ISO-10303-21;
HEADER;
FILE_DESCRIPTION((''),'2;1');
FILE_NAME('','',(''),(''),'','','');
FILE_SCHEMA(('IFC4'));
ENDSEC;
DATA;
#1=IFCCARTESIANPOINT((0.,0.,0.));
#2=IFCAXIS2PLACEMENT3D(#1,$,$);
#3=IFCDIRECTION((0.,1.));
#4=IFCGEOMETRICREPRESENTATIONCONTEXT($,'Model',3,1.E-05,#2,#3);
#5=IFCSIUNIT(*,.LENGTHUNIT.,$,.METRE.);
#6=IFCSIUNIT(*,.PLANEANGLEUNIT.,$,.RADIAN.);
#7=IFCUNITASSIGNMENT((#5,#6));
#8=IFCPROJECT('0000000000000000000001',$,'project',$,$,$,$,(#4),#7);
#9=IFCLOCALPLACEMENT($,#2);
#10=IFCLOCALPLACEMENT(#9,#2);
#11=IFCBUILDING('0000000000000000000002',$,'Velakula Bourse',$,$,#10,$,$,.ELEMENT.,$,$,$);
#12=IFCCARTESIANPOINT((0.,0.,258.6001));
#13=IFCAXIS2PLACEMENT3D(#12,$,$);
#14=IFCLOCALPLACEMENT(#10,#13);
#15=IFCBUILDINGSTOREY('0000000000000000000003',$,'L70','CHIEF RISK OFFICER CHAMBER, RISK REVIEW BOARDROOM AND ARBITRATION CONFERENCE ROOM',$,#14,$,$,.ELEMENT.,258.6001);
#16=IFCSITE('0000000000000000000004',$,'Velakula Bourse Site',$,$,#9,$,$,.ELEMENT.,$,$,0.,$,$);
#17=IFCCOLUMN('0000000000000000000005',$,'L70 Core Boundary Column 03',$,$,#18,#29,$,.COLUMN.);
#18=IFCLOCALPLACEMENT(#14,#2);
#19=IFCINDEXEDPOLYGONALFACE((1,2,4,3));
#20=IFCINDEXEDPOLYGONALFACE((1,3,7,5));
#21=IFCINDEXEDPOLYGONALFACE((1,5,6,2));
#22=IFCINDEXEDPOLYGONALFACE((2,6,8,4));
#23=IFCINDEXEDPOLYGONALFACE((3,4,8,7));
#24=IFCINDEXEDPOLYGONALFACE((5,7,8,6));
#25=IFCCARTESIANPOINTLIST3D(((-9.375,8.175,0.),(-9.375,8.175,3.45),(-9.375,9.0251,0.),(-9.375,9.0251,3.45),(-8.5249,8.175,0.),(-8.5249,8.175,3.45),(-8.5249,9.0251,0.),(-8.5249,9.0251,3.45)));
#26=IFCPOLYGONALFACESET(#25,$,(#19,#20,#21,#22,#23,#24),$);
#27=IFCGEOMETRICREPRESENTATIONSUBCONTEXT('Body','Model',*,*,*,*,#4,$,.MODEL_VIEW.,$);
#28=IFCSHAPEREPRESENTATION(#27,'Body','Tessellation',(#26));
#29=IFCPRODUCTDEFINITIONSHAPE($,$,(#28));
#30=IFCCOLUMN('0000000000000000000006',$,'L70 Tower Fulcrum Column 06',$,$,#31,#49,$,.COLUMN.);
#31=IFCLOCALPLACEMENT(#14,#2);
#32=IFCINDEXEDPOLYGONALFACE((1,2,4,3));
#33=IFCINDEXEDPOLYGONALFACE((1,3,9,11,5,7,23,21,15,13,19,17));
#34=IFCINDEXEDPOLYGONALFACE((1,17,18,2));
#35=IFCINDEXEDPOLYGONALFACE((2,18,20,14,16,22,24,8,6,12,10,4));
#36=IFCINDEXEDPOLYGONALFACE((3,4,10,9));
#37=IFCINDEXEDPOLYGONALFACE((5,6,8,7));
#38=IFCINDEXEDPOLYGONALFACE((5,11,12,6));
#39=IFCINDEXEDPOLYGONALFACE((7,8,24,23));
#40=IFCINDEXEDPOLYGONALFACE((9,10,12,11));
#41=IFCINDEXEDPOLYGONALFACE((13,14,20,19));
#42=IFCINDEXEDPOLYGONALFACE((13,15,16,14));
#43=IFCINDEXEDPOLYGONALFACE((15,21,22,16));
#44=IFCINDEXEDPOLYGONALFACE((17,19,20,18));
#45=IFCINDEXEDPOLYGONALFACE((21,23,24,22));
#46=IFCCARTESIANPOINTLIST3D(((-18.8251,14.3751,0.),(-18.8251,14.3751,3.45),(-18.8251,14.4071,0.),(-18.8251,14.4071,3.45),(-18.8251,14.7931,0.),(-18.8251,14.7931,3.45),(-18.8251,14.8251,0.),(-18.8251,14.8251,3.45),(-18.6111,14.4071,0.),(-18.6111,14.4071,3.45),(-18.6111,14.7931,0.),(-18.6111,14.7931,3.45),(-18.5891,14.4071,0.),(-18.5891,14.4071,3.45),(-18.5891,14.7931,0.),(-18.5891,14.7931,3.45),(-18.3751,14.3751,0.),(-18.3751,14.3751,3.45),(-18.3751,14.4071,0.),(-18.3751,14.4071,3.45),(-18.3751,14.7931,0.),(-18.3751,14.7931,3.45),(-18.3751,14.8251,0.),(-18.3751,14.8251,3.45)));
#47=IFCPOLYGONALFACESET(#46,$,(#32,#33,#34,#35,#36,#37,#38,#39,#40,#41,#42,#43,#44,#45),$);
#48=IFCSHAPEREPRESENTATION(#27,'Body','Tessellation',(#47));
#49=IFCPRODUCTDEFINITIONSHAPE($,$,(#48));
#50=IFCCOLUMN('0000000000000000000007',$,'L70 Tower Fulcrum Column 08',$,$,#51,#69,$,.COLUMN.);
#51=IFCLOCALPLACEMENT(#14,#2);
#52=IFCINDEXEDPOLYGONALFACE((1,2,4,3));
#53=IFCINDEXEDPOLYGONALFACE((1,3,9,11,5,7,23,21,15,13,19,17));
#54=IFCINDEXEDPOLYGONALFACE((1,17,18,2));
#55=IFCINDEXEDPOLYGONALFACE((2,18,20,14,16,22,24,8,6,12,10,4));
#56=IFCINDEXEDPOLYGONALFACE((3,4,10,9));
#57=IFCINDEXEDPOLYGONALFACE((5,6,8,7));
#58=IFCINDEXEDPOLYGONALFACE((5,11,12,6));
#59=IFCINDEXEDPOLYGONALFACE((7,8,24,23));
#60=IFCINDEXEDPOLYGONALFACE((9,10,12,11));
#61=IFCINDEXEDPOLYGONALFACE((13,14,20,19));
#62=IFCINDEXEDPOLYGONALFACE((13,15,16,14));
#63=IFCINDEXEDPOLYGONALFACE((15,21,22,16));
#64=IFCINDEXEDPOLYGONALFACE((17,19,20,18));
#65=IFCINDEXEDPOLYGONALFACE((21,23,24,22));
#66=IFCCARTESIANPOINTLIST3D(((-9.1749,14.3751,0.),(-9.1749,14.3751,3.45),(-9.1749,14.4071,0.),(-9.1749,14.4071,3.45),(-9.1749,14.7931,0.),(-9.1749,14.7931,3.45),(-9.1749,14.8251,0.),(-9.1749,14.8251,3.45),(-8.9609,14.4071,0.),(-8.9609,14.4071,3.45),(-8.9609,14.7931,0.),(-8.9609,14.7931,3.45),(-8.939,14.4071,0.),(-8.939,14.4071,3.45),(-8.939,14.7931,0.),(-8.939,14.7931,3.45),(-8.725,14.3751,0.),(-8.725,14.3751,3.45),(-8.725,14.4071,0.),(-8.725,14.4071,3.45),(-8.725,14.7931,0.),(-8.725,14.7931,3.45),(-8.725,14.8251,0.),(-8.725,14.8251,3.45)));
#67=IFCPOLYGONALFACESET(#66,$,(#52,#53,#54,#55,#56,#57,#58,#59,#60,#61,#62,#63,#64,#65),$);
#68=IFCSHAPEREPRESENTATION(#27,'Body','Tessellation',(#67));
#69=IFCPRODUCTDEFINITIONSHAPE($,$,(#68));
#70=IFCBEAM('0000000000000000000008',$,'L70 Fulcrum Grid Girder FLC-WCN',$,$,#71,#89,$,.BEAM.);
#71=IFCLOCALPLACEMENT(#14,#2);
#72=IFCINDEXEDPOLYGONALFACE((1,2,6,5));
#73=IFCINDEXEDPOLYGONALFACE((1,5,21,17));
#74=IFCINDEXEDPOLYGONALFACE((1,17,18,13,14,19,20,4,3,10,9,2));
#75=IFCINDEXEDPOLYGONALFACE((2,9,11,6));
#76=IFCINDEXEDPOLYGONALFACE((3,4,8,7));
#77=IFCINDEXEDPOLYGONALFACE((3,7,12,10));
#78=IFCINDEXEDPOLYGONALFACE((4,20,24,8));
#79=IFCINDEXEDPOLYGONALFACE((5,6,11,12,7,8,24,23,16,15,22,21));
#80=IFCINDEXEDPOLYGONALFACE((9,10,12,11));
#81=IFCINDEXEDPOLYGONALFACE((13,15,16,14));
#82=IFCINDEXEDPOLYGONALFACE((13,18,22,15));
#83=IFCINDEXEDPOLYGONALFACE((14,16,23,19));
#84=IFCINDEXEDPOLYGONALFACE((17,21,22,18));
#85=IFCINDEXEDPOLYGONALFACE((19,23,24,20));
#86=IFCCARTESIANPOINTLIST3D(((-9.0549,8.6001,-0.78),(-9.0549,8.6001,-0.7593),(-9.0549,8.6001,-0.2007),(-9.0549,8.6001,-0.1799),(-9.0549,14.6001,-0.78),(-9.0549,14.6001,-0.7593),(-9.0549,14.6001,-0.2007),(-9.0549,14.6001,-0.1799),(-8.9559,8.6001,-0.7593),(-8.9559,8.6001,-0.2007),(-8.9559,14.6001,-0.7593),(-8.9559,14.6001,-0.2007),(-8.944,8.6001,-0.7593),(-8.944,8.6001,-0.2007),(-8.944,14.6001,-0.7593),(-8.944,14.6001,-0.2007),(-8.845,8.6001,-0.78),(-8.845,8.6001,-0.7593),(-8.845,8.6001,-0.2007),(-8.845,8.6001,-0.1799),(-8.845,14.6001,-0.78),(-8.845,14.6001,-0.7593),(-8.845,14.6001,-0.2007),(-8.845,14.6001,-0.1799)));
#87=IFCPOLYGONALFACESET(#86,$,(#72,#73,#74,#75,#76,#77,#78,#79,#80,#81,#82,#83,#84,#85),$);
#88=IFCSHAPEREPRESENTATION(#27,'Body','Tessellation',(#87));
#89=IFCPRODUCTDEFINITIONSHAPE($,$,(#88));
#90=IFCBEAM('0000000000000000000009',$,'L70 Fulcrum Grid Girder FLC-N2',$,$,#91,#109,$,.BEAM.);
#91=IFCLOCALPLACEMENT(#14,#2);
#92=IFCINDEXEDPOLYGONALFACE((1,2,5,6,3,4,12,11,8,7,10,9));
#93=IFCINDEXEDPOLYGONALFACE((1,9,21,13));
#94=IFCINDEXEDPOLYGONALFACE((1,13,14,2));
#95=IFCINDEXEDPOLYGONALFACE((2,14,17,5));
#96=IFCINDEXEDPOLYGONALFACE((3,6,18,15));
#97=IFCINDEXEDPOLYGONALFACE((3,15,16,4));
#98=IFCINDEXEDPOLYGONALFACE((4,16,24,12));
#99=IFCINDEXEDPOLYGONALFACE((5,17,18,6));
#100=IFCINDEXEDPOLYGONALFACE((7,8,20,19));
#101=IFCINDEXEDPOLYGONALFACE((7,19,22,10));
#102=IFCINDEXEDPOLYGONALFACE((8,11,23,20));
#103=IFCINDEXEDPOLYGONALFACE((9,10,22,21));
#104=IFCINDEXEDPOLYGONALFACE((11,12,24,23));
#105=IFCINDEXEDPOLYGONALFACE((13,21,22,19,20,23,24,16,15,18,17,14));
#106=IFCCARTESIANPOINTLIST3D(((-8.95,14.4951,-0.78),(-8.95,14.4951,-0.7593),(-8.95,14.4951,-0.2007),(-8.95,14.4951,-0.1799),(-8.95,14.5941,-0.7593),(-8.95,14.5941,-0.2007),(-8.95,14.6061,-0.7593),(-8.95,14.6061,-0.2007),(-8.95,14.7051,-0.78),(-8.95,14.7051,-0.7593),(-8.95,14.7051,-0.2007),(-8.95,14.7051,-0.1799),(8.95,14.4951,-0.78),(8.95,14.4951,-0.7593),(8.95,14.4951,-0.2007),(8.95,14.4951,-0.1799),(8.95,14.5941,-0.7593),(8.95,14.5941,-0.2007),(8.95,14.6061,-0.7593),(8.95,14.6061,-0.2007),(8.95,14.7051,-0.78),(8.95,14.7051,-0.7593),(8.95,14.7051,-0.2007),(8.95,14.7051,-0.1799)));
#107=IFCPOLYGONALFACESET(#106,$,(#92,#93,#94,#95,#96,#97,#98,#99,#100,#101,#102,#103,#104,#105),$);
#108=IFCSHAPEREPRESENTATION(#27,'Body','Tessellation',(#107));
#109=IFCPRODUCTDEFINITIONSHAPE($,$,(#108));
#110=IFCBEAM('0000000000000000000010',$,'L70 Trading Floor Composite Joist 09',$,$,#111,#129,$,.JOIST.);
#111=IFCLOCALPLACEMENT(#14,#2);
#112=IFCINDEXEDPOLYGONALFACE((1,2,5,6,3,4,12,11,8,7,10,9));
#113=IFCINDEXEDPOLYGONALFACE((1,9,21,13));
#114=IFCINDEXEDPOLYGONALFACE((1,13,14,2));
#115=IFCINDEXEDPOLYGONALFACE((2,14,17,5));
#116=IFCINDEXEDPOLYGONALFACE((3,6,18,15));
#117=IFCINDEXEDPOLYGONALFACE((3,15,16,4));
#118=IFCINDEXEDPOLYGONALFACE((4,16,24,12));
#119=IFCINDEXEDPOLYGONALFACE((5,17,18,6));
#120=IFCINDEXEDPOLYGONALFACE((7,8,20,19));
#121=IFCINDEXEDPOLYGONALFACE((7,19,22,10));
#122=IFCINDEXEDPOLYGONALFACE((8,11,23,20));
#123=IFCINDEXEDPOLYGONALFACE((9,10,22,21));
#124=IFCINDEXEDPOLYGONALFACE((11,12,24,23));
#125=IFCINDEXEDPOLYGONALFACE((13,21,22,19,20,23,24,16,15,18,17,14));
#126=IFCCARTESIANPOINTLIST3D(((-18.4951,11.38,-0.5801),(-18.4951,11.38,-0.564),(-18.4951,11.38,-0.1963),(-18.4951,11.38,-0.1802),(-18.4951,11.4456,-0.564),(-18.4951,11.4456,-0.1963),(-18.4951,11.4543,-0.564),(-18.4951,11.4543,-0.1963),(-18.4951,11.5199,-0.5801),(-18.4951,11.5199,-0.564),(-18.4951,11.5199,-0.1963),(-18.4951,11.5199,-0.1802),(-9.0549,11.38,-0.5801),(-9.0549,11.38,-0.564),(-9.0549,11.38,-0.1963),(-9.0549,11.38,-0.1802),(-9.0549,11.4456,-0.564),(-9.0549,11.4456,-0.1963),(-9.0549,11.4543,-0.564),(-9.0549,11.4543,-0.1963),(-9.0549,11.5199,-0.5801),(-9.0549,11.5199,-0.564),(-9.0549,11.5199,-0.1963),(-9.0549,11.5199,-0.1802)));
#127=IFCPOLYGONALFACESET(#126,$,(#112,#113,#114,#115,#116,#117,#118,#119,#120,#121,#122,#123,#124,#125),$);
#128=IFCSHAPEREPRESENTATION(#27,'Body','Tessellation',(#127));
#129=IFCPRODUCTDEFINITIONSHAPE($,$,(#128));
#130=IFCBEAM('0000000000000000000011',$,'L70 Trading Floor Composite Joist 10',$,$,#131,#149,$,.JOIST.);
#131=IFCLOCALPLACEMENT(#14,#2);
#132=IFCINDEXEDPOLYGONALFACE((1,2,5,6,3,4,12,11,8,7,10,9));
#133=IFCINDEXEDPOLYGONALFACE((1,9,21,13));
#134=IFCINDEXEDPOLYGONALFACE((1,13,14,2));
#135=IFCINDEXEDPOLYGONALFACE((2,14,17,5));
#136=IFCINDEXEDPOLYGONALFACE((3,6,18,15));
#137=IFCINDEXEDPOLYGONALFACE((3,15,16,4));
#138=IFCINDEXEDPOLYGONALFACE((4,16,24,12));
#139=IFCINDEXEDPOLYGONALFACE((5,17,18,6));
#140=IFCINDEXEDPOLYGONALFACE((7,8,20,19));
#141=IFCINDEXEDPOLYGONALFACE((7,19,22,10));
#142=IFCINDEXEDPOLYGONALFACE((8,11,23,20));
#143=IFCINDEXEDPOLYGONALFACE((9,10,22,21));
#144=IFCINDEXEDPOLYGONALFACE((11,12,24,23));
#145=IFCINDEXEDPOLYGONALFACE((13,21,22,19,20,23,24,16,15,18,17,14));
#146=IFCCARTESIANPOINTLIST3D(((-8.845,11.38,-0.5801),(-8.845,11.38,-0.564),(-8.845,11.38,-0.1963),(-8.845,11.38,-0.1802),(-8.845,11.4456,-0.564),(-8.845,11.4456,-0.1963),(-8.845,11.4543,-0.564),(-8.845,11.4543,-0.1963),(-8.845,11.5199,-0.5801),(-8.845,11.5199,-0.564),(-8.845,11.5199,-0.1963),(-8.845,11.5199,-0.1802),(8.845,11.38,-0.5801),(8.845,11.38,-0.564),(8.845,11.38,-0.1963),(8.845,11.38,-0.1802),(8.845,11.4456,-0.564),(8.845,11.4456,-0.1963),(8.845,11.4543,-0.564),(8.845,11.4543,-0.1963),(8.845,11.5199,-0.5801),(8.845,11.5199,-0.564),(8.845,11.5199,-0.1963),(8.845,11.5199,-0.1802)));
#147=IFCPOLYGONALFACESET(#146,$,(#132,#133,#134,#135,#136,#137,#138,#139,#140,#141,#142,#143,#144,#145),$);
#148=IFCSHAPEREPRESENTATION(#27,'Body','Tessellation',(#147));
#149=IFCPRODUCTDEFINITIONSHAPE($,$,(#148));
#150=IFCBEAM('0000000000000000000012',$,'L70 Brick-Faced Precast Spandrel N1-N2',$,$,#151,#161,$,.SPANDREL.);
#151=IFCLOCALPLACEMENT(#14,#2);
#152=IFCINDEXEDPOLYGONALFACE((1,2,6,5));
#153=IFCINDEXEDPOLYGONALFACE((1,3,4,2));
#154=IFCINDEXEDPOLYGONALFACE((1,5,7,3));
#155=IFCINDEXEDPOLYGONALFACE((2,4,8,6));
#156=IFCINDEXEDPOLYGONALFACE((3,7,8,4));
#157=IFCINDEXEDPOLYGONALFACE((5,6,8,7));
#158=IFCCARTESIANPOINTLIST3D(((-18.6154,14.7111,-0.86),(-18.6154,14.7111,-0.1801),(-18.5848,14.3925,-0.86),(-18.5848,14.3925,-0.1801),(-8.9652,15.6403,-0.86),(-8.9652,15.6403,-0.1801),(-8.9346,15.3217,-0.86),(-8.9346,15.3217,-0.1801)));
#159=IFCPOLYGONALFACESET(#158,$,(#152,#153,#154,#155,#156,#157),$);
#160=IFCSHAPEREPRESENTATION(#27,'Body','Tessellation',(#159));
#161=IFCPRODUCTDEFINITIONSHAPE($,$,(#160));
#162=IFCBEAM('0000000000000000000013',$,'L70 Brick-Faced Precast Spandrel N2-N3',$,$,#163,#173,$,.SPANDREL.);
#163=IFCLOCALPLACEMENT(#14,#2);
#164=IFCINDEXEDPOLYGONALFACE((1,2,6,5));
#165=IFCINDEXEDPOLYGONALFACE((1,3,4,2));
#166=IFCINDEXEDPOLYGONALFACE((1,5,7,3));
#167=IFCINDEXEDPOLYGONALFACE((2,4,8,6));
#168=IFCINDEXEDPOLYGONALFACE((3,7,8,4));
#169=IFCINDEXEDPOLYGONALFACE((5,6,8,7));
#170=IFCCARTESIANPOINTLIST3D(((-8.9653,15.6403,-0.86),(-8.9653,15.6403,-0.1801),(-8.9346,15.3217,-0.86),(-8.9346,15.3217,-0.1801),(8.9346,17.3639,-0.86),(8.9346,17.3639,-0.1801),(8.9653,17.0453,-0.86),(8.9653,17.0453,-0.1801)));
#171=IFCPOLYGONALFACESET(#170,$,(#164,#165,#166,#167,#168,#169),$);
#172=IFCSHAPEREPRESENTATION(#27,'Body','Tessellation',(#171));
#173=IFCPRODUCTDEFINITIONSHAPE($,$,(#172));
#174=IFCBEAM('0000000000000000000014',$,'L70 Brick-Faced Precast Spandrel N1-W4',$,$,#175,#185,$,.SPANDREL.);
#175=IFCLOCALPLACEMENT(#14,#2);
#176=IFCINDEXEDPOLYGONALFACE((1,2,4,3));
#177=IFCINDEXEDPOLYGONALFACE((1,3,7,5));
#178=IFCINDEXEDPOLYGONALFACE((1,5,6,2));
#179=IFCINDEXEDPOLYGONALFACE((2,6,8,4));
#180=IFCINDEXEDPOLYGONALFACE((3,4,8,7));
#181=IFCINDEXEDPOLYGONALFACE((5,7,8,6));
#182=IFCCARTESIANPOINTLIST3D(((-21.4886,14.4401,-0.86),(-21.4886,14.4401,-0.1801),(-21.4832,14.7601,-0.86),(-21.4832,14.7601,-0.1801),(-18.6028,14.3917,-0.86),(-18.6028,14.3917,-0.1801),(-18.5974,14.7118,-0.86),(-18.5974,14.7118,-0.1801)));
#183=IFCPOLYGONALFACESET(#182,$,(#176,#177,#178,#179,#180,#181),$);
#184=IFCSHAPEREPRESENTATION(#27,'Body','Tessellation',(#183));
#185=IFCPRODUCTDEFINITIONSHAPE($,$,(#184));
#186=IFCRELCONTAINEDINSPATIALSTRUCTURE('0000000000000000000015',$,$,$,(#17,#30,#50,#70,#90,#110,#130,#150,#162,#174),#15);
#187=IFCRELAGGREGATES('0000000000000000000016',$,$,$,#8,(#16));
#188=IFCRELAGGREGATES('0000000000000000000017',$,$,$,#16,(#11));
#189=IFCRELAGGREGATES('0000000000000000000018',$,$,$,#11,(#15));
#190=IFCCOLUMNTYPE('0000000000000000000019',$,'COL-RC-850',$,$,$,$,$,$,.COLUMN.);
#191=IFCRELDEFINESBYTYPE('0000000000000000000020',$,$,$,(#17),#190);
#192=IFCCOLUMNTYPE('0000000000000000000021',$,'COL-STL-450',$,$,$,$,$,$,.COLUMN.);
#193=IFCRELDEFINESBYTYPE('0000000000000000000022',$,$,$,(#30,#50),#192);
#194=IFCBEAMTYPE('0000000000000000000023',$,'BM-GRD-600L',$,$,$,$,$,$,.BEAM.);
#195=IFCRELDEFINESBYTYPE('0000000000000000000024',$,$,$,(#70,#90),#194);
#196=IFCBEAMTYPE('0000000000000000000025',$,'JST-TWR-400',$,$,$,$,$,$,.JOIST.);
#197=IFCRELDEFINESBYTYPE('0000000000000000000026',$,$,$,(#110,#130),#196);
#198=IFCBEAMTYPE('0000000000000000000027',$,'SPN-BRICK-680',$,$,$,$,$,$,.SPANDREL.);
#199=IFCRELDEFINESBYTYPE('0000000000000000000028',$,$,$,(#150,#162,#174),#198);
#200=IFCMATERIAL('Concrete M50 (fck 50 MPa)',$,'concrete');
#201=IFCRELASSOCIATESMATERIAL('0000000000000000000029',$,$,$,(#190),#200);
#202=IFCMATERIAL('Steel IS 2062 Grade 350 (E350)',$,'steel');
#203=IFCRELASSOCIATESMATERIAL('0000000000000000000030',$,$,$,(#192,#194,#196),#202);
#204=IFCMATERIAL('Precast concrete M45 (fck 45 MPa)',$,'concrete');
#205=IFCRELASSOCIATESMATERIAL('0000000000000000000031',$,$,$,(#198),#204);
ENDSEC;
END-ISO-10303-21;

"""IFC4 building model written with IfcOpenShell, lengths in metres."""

from ifc_helpers import new_model, si_unit, direction, frame, origin, origin_2d, place, context, subcontext, project, spatial, rectangle, i_section, extrude, material, material_profile, profile_set, type_object, element, save


model = new_model("IFC4")

# Units and contexts
model_context = context("Model", 3, precision=1e-05, world=origin(), true_north=direction((0.0, 1.0)))
body_context = subcontext(model_context, "Body", "Model", "MODEL_VIEW")
ifc_project = project(units=[si_unit("LENGTHUNIT", "METRE"), si_unit("PLANEANGLEUNIT", "RADIAN")], contexts=[model_context])

# Site, building, storey
site_placement = place(None, origin())
site = spatial("IfcSite", under=ifc_project, at=site_placement, Name="Velakula Bourse Site", CompositionType="ELEMENT", RefElevation=0.0)
building_placement = place(site_placement, origin())
building = spatial("IfcBuilding", under=site, at=building_placement, Name="Velakula Bourse", CompositionType="ELEMENT")
storey_placement = place(building_placement, frame((0.0, 0.0, 258.6001)))
storey = spatial("IfcBuildingStorey", under=building, at=storey_placement, Name="L70", Description="CHIEF RISK OFFICER CHAMBER, RISK REVIEW BOARDROOM AND ARBITRATION CONFERENCE ROOM", CompositionType="ELEMENT", Elevation=258.6001)

# Columns
ifc_material_1 = material(Name="Concrete M50 (fck 50 MPa)", Category="concrete")
ifc_material_profile_1 = material_profile(ifc_material_1, rectangle(XDim=0.8501, YDim=0.8501, at=origin_2d()), Name="Concrete M50 (fck 50 MPa)")
ifc_profile_set_1 = profile_set([ifc_material_profile_1], Name="Concrete M50 (fck 50 MPa)")
column_type_1 = type_object("IfcColumnType", Name="COL-RC-850", PredefinedType="COLUMN", material=ifc_profile_set_1)
column_placement = place(storey_placement, frame((-8.95, 8.6001, 0.0), z_axis=(0.0, 0.0, 1.0), x_axis=(1.0, 0.0, 0.0)))
element("IfcColumn", 1, at=column_placement, inside=storey, type_object=column_type_1, Name="L70 Core Boundary Column 03", PredefinedType="COLUMN", context=body_context, shape_type="SweptSolid", body=[
    extrude(rectangle(XDim=0.8501, YDim=0.8501, at=origin_2d()), origin(), (0.0, 0.0, 1.0), 3.45),
])
ifc_material_2 = material(Name="Steel IS 2062 Grade 350 (E350)", Category="steel")
ifc_material_profile_2 = material_profile(ifc_material_2, i_section(OverallWidth=0.45, OverallDepth=0.45, WebThickness=0.022, FlangeThickness=0.032, at=origin_2d()), Name="Steel IS 2062 Grade 350 (E350)")
ifc_profile_set_2 = profile_set([ifc_material_profile_2], Name="Steel IS 2062 Grade 350 (E350)")
column_type_2 = type_object("IfcColumnType", Name="COL-STL-450", PredefinedType="COLUMN", material=ifc_profile_set_2)
for number, where, z_axis, x_axis, name in (
    (2, (-18.6001, 14.6001, 0.0), (0.0, 0.0, 1.0), (1.0, 0.0, 0.0), "L70 Tower Fulcrum Column 06"),
    (3, (-8.95, 14.6001, 0.0), (0.0, 0.0, 1.0), (1.0, 0.0, 0.0), "L70 Tower Fulcrum Column 08"),
):
    element("IfcColumn", number, at=place(storey_placement, frame(where, z_axis=z_axis, x_axis=x_axis)), inside=storey, type_object=column_type_2, Name=name, PredefinedType="COLUMN", context=body_context, shape_type="SweptSolid", body=[
        extrude(i_section(OverallWidth=0.45, OverallDepth=0.45, WebThickness=0.022, FlangeThickness=0.032, at=origin_2d()), origin(), (0.0, 0.0, 1.0), 3.45),
    ])

# Beams
ifc_material_profile_3 = material_profile(ifc_material_2, i_section(OverallWidth=0.21, OverallDepth=0.6001, WebThickness=0.012, FlangeThickness=0.0208, at=origin_2d()), Name="Steel IS 2062 Grade 350 (E350)")
ifc_profile_set_3 = profile_set([ifc_material_profile_3], Name="Steel IS 2062 Grade 350 (E350)")
beam_type_1 = type_object("IfcBeamType", Name="BM-GRD-600L", PredefinedType="BEAM", material=ifc_profile_set_3)
beam_1_placement = place(storey_placement, frame((-8.95, 8.6001, -0.48), z_axis=(0.0, 1.0, 0.0), x_axis=(-1.0, 0.0, 0.0)))
element("IfcBeam", 4, at=beam_1_placement, inside=storey, type_object=beam_type_1, Name="L70 Fulcrum Grid Girder FLC-WCN", PredefinedType="BEAM", context=body_context, shape_type="SweptSolid", body=[
    extrude(i_section(OverallWidth=0.21, OverallDepth=0.6001, WebThickness=0.012, FlangeThickness=0.0208, at=origin_2d()), origin(), (0.0, 0.0, 1.0), 6.0),
])
beam_2_placement = place(storey_placement, frame((-8.95, 14.6001, -0.48), z_axis=(1.0, 0.0, 0.0), x_axis=(0.0, 1.0, 0.0)))
element("IfcBeam", 5, at=beam_2_placement, inside=storey, type_object=beam_type_1, Name="L70 Fulcrum Grid Girder FLC-N2", PredefinedType="BEAM", context=body_context, shape_type="SweptSolid", body=[
    extrude(i_section(OverallWidth=0.21, OverallDepth=0.6001, WebThickness=0.012, FlangeThickness=0.0208, at=origin_2d()), origin(), (0.0, 0.0, 1.0), 17.8999),
])
ifc_material_profile_4 = material_profile(ifc_material_2, i_section(OverallWidth=0.1399, OverallDepth=0.3999, WebThickness=0.0088, FlangeThickness=0.0161, at=origin_2d()), Name="Steel IS 2062 Grade 350 (E350)")
ifc_profile_set_4 = profile_set([ifc_material_profile_4], Name="Steel IS 2062 Grade 350 (E350)")
beam_type_2 = type_object("IfcBeamType", Name="JST-TWR-400", PredefinedType="JOIST", material=ifc_profile_set_4)
beam_3_placement = place(storey_placement, frame((-18.4951, 11.45, -0.3801), z_axis=(1.0, 0.0, 0.0), x_axis=(0.0, 1.0, 0.0)))
element("IfcBeam", 6, at=beam_3_placement, inside=storey, type_object=beam_type_2, Name="L70 Trading Floor Composite Joist 09", PredefinedType="JOIST", context=body_context, shape_type="SweptSolid", body=[
    extrude(i_section(OverallWidth=0.1399, OverallDepth=0.3999, WebThickness=0.0088, FlangeThickness=0.0161, at=origin_2d()), origin(), (0.0, 0.0, 1.0), 9.4402),
])
beam_4_placement = place(storey_placement, frame((-8.845, 11.45, -0.3801), z_axis=(1.0, 0.0, 0.0), x_axis=(0.0, 1.0, 0.0)))
element("IfcBeam", 7, at=beam_4_placement, inside=storey, type_object=beam_type_2, Name="L70 Trading Floor Composite Joist 10", PredefinedType="JOIST", context=body_context, shape_type="SweptSolid", body=[
    extrude(i_section(OverallWidth=0.1399, OverallDepth=0.3999, WebThickness=0.0088, FlangeThickness=0.0161, at=origin_2d()), origin(), (0.0, 0.0, 1.0), 17.6899),
])
ifc_material_3 = material(Name="Precast concrete M45 (fck 45 MPa)", Category="concrete")
ifc_material_profile_5 = material_profile(ifc_material_3, rectangle(XDim=0.3201, YDim=0.6799, at=origin_2d()), Name="Precast concrete M45 (fck 45 MPa)")
ifc_profile_set_5 = profile_set([ifc_material_profile_5], Name="Precast concrete M45 (fck 45 MPa)")
beam_type_3 = type_object("IfcBeamType", Name="SPN-BRICK-680", PredefinedType="SPANDREL", material=ifc_profile_set_5)
beam_5_placement = place(storey_placement, frame((-18.6001, 14.5518, -0.52), z_axis=(0.995396, 0.095845, 0.0), x_axis=(-0.095845, 0.995396, 0.0)))
element("IfcBeam", 8, at=beam_5_placement, inside=storey, type_object=beam_type_3, Name="L70 Brick-Faced Precast Spandrel N1-N2", PredefinedType="SPANDREL", context=body_context, shape_type="SweptSolid", body=[
    extrude(rectangle(XDim=0.3201, YDim=0.6799, at=origin_2d()), origin(), (0.0, 0.0, 1.0), 9.6948),
])
beam_6_placement = place(storey_placement, frame((-8.95, 15.481, -0.52), z_axis=(0.995396, 0.09585, 0.0), x_axis=(-0.09585, 0.995396, 0.0)))
element("IfcBeam", 9, at=beam_6_placement, inside=storey, type_object=beam_type_3, Name="L70 Brick-Faced Precast Spandrel N2-N3", PredefinedType="SPANDREL", context=body_context, shape_type="SweptSolid", body=[
    extrude(rectangle(XDim=0.3201, YDim=0.6799, at=origin_2d()), origin(), (0.0, 0.0, 1.0), 17.9827),
])
beam_7_placement = place(storey_placement, frame((-18.6001, 14.5518, -0.52), z_axis=(-0.99986, 0.016749, 0.0), x_axis=(-0.016749, -0.99986, 0.0)))
element("IfcBeam", 10, at=beam_7_placement, inside=storey, type_object=beam_type_3, Name="L70 Brick-Faced Precast Spandrel N1-W4", PredefinedType="SPANDREL", context=body_context, shape_type="SweptSolid", body=[
    extrude(rectangle(XDim=0.3201, YDim=0.6799, at=origin_2d()), origin(), (0.0, 0.0, 1.0), 2.8862),
])

save(model, "model.ifc")
